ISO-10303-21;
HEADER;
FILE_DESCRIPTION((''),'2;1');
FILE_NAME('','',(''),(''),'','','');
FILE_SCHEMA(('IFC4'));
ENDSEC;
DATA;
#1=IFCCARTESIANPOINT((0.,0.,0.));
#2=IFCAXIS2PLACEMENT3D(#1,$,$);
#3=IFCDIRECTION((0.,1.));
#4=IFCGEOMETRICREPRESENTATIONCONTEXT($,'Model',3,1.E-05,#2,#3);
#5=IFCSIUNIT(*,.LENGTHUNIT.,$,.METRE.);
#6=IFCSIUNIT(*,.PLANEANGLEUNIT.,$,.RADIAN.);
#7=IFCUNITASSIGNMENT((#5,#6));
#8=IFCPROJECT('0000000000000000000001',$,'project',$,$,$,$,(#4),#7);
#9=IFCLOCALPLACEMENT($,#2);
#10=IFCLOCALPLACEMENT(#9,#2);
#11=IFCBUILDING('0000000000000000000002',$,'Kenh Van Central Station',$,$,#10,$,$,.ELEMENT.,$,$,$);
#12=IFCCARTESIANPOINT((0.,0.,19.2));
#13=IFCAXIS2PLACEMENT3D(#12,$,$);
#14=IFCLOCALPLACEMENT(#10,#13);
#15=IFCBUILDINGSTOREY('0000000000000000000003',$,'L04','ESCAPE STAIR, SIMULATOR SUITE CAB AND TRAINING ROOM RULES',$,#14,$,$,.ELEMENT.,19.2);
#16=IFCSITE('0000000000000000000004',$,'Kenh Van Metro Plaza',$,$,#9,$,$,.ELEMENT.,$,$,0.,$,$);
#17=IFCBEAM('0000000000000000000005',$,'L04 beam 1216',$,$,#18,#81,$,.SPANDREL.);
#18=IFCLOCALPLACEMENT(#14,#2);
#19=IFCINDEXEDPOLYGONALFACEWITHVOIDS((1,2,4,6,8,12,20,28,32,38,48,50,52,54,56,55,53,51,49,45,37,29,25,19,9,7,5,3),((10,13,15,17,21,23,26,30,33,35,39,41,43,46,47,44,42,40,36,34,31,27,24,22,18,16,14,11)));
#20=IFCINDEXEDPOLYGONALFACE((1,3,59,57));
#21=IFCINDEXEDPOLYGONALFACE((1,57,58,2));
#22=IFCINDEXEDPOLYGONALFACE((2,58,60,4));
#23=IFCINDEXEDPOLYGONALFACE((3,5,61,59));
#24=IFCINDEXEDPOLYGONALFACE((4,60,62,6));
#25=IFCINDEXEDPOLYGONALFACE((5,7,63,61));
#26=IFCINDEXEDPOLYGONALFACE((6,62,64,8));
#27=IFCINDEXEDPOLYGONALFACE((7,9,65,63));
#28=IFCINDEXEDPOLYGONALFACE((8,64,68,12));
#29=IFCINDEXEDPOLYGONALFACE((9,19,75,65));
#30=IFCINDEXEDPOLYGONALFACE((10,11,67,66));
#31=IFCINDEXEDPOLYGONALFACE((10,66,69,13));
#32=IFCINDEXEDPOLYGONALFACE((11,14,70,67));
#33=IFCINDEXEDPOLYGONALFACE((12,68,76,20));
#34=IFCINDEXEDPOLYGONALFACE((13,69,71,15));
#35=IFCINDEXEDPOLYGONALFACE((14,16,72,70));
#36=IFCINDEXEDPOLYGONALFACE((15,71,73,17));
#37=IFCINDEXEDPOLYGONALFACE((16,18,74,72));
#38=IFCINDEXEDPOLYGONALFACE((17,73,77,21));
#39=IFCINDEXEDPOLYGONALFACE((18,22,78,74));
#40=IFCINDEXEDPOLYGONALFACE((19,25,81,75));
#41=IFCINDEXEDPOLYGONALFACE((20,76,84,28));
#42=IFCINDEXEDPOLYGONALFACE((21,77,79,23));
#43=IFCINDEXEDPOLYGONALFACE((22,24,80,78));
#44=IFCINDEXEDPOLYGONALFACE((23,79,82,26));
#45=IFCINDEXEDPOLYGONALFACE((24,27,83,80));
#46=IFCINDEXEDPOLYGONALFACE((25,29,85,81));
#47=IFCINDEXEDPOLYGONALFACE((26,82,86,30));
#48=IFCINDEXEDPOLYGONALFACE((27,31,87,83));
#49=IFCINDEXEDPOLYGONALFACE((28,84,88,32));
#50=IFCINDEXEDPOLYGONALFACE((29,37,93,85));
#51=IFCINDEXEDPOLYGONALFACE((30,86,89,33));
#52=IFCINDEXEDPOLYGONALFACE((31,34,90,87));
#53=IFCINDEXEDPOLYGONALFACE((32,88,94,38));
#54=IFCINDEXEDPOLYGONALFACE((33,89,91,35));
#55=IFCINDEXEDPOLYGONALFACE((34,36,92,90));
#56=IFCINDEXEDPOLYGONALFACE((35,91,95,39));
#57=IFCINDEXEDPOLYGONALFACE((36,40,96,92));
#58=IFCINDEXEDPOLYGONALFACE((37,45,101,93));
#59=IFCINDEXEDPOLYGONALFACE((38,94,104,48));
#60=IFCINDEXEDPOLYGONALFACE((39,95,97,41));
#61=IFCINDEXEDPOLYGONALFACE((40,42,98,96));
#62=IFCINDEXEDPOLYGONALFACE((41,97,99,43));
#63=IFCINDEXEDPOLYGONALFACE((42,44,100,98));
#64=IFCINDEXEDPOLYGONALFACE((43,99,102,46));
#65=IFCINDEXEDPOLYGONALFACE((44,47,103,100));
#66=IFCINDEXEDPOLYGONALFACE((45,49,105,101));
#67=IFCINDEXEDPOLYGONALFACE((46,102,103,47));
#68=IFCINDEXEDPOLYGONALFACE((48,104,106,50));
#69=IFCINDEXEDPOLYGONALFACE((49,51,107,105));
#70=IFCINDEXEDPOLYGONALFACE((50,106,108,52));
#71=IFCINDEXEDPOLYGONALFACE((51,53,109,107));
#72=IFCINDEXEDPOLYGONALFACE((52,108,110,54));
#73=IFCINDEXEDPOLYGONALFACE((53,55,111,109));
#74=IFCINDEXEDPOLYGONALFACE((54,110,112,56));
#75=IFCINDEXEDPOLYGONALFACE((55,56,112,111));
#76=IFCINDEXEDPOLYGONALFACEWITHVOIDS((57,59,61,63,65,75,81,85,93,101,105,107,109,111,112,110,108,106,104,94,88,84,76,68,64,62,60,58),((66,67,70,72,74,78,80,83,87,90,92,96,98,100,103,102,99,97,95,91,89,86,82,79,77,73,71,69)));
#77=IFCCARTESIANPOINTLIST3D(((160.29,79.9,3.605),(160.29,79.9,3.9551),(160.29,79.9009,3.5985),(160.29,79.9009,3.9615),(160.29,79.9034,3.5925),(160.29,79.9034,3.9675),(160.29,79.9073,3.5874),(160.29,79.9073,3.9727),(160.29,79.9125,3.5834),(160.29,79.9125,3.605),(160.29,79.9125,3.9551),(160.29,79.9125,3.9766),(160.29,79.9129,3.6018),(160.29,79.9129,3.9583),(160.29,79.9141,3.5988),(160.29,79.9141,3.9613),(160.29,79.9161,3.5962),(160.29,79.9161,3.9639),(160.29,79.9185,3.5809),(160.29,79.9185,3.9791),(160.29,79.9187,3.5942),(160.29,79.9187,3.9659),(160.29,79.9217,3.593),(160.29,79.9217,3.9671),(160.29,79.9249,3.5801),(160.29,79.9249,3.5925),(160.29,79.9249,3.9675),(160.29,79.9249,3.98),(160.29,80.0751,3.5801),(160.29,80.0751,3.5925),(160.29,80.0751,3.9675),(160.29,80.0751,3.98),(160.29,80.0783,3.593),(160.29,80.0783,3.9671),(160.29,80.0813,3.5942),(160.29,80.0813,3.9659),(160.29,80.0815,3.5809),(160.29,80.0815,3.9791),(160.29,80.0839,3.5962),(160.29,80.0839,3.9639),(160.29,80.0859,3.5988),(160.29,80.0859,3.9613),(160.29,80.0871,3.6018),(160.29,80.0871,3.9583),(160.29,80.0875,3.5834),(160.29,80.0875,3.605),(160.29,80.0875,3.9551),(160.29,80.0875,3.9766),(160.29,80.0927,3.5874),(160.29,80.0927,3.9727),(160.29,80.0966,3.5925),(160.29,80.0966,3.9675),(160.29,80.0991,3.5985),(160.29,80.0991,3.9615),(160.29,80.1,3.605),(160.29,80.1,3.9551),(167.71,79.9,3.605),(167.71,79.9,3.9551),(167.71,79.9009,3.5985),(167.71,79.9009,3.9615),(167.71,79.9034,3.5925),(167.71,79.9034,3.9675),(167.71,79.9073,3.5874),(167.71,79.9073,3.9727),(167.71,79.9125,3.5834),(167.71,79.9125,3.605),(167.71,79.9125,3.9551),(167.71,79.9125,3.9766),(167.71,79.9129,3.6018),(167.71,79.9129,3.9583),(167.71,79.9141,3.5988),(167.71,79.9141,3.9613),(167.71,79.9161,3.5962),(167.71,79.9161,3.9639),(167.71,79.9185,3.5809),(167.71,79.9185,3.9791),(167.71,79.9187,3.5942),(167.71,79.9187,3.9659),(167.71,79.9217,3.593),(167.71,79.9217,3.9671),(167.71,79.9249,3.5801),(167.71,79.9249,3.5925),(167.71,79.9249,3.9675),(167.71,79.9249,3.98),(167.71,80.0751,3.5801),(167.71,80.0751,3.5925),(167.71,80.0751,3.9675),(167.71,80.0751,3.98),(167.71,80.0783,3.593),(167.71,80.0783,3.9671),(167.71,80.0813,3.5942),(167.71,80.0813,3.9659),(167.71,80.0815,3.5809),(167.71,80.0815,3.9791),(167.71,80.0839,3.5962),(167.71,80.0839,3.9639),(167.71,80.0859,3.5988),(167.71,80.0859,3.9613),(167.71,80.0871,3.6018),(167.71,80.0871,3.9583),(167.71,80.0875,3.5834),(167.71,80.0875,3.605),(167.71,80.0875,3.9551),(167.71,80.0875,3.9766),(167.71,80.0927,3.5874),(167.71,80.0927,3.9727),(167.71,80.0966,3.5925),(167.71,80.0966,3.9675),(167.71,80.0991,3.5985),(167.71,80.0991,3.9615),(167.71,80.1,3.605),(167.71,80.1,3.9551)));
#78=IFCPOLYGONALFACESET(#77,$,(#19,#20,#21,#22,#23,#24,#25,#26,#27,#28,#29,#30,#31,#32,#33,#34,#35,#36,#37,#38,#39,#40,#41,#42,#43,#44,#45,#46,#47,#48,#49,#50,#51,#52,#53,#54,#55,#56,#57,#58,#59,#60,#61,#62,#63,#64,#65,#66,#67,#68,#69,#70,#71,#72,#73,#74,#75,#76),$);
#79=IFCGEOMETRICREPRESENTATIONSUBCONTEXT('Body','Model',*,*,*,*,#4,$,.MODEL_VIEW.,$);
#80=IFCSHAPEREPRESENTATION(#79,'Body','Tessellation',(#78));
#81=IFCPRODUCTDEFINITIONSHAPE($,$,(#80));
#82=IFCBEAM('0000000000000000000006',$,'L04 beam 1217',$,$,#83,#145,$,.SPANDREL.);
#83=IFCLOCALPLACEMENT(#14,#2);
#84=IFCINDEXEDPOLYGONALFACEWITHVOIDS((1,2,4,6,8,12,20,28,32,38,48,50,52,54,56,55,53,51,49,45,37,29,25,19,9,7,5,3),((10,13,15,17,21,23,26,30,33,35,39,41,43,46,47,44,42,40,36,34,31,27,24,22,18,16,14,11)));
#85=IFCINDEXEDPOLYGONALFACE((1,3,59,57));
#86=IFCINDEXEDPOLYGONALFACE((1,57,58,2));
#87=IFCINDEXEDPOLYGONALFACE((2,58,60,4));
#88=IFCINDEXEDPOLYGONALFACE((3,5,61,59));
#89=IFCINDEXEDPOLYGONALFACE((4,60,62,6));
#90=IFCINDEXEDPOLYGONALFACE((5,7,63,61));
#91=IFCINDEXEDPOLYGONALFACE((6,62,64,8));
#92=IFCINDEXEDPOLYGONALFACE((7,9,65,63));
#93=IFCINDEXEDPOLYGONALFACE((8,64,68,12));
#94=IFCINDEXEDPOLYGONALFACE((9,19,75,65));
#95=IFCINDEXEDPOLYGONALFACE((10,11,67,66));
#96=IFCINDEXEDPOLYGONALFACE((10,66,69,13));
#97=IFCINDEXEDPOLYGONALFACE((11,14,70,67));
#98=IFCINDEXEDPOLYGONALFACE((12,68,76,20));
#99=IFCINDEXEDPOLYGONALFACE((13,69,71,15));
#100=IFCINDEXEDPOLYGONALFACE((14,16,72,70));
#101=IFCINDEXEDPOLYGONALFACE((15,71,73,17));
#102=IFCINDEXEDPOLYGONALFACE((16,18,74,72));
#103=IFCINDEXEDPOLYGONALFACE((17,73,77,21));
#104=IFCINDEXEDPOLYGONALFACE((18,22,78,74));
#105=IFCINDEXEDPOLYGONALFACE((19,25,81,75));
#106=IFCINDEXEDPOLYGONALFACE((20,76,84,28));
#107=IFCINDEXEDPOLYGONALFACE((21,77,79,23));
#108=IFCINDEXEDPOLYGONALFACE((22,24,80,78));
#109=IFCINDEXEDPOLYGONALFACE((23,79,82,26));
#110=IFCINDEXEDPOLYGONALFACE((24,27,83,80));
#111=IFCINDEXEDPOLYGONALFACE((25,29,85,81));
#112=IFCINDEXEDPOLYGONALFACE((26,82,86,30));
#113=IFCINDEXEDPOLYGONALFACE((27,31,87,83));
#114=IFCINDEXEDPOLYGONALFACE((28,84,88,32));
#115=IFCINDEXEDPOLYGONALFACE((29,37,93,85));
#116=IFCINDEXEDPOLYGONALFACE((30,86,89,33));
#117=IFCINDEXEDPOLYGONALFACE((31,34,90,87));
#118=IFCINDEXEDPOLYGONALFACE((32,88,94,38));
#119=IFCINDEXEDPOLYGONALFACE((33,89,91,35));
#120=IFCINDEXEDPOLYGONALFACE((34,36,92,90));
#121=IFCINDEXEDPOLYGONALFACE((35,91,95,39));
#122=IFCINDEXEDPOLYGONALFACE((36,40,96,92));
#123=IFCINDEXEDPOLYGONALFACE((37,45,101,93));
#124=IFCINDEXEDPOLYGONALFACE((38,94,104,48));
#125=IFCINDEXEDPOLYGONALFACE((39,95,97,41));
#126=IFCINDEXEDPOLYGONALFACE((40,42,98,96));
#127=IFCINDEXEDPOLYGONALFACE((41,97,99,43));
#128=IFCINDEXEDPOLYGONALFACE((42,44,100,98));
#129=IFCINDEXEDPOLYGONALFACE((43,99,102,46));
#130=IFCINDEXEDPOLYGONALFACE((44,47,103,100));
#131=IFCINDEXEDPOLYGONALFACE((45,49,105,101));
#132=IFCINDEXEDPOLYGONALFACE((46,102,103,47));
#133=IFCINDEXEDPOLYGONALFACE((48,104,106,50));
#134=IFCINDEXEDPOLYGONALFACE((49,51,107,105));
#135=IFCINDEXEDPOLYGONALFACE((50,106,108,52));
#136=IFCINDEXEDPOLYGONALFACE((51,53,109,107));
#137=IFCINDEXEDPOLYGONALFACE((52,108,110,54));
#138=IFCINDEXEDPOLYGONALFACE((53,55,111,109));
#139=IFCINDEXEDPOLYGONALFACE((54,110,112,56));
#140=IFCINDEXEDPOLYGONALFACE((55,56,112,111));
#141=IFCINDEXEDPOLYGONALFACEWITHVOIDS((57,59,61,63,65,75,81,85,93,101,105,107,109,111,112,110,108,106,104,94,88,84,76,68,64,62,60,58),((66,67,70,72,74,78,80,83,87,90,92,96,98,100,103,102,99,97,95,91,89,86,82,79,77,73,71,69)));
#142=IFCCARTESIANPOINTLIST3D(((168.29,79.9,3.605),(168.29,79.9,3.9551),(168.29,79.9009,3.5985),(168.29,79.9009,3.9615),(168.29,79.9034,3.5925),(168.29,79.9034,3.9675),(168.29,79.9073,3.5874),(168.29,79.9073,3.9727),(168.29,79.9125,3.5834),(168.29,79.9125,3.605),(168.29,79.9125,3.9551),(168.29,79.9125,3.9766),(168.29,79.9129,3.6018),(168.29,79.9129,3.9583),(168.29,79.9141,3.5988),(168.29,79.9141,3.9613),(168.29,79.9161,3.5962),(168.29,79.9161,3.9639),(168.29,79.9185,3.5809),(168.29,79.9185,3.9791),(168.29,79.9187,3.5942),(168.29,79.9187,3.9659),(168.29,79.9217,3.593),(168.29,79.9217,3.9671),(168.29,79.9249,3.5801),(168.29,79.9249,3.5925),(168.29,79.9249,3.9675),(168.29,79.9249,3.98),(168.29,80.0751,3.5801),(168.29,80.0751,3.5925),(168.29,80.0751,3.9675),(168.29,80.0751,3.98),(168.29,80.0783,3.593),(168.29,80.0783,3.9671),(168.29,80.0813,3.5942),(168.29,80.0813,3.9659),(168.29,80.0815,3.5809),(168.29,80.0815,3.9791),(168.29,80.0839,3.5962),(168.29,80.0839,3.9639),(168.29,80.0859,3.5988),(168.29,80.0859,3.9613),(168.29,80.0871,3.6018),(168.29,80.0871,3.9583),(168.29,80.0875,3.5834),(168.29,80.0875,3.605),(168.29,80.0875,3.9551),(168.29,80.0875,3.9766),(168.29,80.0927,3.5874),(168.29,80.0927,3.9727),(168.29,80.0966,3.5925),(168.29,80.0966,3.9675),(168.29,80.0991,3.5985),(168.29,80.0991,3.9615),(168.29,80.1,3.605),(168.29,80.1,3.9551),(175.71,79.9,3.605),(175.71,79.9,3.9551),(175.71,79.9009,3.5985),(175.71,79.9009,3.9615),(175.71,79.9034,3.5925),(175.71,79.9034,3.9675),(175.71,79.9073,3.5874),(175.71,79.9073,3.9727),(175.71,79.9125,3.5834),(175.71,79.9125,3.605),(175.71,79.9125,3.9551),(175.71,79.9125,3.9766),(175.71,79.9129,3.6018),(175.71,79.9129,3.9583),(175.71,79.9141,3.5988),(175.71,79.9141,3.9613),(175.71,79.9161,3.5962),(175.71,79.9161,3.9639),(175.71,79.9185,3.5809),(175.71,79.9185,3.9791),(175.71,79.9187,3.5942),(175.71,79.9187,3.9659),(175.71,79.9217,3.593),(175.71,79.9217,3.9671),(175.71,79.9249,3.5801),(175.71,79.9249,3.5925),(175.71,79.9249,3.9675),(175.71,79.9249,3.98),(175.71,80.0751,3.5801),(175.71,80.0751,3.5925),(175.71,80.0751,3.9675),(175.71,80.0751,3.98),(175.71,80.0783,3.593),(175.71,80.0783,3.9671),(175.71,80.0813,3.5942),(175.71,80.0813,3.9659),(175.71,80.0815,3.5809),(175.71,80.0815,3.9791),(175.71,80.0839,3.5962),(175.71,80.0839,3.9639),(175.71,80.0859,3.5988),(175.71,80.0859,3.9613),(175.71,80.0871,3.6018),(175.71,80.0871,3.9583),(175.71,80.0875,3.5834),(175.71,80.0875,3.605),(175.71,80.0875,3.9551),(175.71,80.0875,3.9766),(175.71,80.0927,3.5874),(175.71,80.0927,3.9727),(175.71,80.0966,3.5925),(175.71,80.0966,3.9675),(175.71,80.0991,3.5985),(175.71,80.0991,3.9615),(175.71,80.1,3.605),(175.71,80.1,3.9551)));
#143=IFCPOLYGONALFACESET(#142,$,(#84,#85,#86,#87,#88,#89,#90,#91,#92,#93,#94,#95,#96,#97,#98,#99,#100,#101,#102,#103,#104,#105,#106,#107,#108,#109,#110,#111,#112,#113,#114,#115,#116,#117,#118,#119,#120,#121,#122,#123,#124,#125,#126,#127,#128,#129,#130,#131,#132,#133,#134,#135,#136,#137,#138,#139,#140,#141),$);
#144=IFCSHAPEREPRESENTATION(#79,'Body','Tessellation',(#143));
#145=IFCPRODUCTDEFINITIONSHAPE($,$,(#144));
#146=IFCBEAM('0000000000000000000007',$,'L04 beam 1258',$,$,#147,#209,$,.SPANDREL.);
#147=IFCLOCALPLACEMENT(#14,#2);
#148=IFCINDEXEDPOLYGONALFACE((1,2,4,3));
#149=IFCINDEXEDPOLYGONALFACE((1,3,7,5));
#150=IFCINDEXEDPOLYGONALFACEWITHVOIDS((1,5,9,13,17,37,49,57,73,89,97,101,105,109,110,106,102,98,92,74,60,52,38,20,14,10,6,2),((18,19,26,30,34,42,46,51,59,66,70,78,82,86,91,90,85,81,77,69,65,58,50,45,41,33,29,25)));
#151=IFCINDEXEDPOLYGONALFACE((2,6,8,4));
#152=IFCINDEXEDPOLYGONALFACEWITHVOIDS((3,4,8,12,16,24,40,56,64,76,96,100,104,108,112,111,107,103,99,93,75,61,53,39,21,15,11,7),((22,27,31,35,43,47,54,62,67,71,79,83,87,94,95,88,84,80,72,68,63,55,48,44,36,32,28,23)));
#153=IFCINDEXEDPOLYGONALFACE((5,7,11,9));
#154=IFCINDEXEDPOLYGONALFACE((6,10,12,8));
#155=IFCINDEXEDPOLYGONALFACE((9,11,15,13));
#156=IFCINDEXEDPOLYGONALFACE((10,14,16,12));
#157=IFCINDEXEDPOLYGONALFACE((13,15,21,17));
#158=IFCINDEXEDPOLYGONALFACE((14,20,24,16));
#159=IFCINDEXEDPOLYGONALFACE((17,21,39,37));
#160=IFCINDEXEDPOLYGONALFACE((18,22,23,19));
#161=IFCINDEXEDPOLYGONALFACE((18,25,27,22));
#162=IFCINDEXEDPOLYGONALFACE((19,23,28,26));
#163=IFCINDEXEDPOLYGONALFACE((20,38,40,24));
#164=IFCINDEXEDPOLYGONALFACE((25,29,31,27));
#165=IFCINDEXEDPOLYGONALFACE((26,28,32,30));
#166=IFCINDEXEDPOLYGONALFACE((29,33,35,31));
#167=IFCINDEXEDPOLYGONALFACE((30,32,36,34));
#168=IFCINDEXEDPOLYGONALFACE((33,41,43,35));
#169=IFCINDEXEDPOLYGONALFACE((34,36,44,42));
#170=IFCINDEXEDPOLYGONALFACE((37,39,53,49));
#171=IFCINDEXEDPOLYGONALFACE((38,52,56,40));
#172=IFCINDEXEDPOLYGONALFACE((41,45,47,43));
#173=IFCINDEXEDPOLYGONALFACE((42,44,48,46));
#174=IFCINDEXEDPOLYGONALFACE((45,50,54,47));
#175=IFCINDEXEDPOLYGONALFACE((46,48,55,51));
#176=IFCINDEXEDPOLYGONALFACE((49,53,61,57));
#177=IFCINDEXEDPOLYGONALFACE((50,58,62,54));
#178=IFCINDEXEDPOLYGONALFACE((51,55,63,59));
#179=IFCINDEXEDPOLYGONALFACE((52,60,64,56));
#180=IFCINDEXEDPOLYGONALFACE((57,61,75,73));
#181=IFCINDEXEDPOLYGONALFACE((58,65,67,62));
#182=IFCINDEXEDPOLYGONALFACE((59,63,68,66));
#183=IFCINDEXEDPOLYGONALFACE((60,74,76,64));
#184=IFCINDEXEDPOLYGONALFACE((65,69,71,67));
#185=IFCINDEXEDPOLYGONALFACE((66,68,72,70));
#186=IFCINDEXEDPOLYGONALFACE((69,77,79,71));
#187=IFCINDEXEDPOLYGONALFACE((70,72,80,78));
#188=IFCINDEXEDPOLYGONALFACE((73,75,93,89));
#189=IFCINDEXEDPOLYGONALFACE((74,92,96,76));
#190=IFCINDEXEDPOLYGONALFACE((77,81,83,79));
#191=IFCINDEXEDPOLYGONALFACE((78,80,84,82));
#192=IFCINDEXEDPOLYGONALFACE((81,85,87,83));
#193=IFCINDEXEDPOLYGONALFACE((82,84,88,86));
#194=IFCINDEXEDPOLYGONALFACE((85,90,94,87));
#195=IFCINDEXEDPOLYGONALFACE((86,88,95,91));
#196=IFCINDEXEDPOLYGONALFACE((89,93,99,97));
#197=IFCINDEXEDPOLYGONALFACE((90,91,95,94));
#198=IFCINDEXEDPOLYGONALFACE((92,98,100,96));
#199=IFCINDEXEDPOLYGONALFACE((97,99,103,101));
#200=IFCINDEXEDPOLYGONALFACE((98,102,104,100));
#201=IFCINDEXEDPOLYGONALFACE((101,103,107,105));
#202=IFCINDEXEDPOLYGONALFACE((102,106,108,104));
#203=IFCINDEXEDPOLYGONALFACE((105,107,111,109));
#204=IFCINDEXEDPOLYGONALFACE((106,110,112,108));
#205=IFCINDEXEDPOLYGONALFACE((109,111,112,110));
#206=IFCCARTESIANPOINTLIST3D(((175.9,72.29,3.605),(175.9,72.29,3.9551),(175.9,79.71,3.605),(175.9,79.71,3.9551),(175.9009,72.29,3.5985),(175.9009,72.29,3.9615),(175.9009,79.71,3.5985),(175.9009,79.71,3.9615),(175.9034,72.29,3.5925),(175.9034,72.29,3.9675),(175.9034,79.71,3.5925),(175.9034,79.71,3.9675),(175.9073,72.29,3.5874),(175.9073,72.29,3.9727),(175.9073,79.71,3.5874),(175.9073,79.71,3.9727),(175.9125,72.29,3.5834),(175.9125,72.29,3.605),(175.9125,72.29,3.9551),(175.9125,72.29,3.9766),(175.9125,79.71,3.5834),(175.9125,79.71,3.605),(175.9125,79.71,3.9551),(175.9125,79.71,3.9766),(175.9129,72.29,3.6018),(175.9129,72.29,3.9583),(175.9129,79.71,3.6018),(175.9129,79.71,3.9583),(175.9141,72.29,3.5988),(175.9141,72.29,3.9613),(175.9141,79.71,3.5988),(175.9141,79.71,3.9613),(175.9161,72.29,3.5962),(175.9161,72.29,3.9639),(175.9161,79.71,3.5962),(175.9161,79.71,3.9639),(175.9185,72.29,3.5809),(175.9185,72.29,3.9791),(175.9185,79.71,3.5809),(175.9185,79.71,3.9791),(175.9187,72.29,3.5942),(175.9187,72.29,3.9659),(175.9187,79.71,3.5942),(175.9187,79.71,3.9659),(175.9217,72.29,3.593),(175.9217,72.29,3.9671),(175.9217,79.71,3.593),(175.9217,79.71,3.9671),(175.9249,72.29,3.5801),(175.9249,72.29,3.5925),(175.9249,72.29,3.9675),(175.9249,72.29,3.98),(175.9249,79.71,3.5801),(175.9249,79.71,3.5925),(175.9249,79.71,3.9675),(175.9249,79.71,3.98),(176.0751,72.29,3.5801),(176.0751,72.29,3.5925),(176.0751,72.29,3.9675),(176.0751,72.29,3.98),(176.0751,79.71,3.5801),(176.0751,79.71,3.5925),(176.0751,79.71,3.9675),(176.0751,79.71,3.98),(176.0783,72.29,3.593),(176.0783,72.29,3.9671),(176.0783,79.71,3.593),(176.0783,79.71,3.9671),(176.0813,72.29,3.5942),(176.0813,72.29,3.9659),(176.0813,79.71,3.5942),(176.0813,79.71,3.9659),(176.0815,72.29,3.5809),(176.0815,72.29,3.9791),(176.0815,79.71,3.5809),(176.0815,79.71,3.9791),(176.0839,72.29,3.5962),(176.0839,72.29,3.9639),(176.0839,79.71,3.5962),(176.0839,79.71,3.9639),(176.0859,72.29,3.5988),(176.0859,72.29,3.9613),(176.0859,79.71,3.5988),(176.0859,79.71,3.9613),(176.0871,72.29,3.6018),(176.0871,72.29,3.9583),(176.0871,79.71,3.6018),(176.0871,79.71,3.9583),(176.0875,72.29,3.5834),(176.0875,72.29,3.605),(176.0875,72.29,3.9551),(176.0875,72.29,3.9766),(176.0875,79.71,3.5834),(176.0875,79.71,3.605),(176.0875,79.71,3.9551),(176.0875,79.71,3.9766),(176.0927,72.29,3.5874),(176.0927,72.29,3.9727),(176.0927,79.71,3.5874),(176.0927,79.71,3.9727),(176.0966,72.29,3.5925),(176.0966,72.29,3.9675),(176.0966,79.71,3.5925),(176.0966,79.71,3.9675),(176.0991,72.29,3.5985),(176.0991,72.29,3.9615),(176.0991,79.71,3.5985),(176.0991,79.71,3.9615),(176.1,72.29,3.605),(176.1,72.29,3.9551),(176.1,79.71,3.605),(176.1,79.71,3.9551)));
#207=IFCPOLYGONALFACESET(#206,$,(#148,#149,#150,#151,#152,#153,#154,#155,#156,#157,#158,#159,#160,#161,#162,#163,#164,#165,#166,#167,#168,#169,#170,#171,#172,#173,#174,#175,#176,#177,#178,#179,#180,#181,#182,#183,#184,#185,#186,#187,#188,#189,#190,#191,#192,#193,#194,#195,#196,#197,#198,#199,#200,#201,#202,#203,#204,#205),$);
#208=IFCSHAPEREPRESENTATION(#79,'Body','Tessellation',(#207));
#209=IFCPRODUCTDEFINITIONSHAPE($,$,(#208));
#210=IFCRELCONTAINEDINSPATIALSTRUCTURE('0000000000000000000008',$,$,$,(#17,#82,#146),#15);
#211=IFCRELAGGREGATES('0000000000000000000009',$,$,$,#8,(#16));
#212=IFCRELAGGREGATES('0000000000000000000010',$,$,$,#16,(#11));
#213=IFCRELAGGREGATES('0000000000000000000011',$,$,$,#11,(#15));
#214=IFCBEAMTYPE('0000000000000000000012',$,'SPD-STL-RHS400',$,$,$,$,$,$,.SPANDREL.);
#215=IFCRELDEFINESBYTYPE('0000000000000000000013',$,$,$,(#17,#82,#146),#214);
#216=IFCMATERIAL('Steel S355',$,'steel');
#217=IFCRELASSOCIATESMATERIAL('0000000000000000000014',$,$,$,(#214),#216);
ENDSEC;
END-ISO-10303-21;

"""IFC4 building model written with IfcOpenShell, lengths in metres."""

from ifc_helpers import new_model, si_unit, direction, frame, origin, origin_2d, place, context, subcontext, project, spatial, hollow_rectangle, extrude, material, material_profile, profile_set, type_object, element, save


model = new_model("IFC4")

# Units and contexts
model_context = context("Model", 3, precision=1e-05, world=origin(), true_north=direction((0.0, 1.0)))
body_context = subcontext(model_context, "Body", "Model", "MODEL_VIEW")
ifc_project = project(units=[si_unit("LENGTHUNIT", "METRE"), si_unit("PLANEANGLEUNIT", "RADIAN")], contexts=[model_context])

# Site, building, storey
site_placement = place(None, origin())
site = spatial("IfcSite", under=ifc_project, at=site_placement, Name="Kenh Van Metro Plaza", CompositionType="ELEMENT", RefElevation=0.0)
building_placement = place(site_placement, origin())
building = spatial("IfcBuilding", under=site, at=building_placement, Name="Kenh Van Central Station", CompositionType="ELEMENT")
storey_placement = place(building_placement, frame((0.0, 0.0, 19.2)))
storey = spatial("IfcBuildingStorey", under=building, at=storey_placement, Name="L04", Description="ESCAPE STAIR, SIMULATOR SUITE CAB AND TRAINING ROOM RULES", CompositionType="ELEMENT", Elevation=19.2)

# Beams
ifc_material_1 = material(Name="Steel S355", Category="steel")
ifc_material_profile_1 = material_profile(ifc_material_1, hollow_rectangle(XDim=0.2, YDim=0.3999, WallThickness=0.0125, InnerFilletRadius=0.0125, OuterFilletRadius=0.0249, at=origin_2d()), Name="RHS 400x200x12.5")
ifc_profile_set_1 = profile_set([ifc_material_profile_1], Name="Steel S355")
beam_type_1 = type_object("IfcBeamType", Name="SPD-STL-RHS400", PredefinedType="SPANDREL", material=ifc_profile_set_1)
for number, where, z_axis, x_axis, name in (
    (1, (160.29, 80.0, 3.78), (1.0, 0.0, 0.0), (0.0, 1.0, 0.0), "L04 beam 1216"),
    (2, (168.29, 80.0, 3.78), (1.0, 0.0, 0.0), (0.0, 1.0, 0.0), "L04 beam 1217"),
    (3, (176.0, 72.29, 3.78), (0.0, 1.0, 0.0), (-1.0, 0.0, 0.0), "L04 beam 1258"),
):
    element("IfcBeam", number, at=place(storey_placement, frame(where, z_axis=z_axis, x_axis=x_axis)), inside=storey, type_object=beam_type_1, Name=name, PredefinedType="SPANDREL", context=body_context, shape_type="SweptSolid", body=[
        extrude(hollow_rectangle(XDim=0.2, YDim=0.3999, WallThickness=0.0125, InnerFilletRadius=0.0125, OuterFilletRadius=0.0249, at=origin_2d()), origin(), (0.0, 0.0, 1.0), 7.4199),
    ])

save(model, "model.ifc")
